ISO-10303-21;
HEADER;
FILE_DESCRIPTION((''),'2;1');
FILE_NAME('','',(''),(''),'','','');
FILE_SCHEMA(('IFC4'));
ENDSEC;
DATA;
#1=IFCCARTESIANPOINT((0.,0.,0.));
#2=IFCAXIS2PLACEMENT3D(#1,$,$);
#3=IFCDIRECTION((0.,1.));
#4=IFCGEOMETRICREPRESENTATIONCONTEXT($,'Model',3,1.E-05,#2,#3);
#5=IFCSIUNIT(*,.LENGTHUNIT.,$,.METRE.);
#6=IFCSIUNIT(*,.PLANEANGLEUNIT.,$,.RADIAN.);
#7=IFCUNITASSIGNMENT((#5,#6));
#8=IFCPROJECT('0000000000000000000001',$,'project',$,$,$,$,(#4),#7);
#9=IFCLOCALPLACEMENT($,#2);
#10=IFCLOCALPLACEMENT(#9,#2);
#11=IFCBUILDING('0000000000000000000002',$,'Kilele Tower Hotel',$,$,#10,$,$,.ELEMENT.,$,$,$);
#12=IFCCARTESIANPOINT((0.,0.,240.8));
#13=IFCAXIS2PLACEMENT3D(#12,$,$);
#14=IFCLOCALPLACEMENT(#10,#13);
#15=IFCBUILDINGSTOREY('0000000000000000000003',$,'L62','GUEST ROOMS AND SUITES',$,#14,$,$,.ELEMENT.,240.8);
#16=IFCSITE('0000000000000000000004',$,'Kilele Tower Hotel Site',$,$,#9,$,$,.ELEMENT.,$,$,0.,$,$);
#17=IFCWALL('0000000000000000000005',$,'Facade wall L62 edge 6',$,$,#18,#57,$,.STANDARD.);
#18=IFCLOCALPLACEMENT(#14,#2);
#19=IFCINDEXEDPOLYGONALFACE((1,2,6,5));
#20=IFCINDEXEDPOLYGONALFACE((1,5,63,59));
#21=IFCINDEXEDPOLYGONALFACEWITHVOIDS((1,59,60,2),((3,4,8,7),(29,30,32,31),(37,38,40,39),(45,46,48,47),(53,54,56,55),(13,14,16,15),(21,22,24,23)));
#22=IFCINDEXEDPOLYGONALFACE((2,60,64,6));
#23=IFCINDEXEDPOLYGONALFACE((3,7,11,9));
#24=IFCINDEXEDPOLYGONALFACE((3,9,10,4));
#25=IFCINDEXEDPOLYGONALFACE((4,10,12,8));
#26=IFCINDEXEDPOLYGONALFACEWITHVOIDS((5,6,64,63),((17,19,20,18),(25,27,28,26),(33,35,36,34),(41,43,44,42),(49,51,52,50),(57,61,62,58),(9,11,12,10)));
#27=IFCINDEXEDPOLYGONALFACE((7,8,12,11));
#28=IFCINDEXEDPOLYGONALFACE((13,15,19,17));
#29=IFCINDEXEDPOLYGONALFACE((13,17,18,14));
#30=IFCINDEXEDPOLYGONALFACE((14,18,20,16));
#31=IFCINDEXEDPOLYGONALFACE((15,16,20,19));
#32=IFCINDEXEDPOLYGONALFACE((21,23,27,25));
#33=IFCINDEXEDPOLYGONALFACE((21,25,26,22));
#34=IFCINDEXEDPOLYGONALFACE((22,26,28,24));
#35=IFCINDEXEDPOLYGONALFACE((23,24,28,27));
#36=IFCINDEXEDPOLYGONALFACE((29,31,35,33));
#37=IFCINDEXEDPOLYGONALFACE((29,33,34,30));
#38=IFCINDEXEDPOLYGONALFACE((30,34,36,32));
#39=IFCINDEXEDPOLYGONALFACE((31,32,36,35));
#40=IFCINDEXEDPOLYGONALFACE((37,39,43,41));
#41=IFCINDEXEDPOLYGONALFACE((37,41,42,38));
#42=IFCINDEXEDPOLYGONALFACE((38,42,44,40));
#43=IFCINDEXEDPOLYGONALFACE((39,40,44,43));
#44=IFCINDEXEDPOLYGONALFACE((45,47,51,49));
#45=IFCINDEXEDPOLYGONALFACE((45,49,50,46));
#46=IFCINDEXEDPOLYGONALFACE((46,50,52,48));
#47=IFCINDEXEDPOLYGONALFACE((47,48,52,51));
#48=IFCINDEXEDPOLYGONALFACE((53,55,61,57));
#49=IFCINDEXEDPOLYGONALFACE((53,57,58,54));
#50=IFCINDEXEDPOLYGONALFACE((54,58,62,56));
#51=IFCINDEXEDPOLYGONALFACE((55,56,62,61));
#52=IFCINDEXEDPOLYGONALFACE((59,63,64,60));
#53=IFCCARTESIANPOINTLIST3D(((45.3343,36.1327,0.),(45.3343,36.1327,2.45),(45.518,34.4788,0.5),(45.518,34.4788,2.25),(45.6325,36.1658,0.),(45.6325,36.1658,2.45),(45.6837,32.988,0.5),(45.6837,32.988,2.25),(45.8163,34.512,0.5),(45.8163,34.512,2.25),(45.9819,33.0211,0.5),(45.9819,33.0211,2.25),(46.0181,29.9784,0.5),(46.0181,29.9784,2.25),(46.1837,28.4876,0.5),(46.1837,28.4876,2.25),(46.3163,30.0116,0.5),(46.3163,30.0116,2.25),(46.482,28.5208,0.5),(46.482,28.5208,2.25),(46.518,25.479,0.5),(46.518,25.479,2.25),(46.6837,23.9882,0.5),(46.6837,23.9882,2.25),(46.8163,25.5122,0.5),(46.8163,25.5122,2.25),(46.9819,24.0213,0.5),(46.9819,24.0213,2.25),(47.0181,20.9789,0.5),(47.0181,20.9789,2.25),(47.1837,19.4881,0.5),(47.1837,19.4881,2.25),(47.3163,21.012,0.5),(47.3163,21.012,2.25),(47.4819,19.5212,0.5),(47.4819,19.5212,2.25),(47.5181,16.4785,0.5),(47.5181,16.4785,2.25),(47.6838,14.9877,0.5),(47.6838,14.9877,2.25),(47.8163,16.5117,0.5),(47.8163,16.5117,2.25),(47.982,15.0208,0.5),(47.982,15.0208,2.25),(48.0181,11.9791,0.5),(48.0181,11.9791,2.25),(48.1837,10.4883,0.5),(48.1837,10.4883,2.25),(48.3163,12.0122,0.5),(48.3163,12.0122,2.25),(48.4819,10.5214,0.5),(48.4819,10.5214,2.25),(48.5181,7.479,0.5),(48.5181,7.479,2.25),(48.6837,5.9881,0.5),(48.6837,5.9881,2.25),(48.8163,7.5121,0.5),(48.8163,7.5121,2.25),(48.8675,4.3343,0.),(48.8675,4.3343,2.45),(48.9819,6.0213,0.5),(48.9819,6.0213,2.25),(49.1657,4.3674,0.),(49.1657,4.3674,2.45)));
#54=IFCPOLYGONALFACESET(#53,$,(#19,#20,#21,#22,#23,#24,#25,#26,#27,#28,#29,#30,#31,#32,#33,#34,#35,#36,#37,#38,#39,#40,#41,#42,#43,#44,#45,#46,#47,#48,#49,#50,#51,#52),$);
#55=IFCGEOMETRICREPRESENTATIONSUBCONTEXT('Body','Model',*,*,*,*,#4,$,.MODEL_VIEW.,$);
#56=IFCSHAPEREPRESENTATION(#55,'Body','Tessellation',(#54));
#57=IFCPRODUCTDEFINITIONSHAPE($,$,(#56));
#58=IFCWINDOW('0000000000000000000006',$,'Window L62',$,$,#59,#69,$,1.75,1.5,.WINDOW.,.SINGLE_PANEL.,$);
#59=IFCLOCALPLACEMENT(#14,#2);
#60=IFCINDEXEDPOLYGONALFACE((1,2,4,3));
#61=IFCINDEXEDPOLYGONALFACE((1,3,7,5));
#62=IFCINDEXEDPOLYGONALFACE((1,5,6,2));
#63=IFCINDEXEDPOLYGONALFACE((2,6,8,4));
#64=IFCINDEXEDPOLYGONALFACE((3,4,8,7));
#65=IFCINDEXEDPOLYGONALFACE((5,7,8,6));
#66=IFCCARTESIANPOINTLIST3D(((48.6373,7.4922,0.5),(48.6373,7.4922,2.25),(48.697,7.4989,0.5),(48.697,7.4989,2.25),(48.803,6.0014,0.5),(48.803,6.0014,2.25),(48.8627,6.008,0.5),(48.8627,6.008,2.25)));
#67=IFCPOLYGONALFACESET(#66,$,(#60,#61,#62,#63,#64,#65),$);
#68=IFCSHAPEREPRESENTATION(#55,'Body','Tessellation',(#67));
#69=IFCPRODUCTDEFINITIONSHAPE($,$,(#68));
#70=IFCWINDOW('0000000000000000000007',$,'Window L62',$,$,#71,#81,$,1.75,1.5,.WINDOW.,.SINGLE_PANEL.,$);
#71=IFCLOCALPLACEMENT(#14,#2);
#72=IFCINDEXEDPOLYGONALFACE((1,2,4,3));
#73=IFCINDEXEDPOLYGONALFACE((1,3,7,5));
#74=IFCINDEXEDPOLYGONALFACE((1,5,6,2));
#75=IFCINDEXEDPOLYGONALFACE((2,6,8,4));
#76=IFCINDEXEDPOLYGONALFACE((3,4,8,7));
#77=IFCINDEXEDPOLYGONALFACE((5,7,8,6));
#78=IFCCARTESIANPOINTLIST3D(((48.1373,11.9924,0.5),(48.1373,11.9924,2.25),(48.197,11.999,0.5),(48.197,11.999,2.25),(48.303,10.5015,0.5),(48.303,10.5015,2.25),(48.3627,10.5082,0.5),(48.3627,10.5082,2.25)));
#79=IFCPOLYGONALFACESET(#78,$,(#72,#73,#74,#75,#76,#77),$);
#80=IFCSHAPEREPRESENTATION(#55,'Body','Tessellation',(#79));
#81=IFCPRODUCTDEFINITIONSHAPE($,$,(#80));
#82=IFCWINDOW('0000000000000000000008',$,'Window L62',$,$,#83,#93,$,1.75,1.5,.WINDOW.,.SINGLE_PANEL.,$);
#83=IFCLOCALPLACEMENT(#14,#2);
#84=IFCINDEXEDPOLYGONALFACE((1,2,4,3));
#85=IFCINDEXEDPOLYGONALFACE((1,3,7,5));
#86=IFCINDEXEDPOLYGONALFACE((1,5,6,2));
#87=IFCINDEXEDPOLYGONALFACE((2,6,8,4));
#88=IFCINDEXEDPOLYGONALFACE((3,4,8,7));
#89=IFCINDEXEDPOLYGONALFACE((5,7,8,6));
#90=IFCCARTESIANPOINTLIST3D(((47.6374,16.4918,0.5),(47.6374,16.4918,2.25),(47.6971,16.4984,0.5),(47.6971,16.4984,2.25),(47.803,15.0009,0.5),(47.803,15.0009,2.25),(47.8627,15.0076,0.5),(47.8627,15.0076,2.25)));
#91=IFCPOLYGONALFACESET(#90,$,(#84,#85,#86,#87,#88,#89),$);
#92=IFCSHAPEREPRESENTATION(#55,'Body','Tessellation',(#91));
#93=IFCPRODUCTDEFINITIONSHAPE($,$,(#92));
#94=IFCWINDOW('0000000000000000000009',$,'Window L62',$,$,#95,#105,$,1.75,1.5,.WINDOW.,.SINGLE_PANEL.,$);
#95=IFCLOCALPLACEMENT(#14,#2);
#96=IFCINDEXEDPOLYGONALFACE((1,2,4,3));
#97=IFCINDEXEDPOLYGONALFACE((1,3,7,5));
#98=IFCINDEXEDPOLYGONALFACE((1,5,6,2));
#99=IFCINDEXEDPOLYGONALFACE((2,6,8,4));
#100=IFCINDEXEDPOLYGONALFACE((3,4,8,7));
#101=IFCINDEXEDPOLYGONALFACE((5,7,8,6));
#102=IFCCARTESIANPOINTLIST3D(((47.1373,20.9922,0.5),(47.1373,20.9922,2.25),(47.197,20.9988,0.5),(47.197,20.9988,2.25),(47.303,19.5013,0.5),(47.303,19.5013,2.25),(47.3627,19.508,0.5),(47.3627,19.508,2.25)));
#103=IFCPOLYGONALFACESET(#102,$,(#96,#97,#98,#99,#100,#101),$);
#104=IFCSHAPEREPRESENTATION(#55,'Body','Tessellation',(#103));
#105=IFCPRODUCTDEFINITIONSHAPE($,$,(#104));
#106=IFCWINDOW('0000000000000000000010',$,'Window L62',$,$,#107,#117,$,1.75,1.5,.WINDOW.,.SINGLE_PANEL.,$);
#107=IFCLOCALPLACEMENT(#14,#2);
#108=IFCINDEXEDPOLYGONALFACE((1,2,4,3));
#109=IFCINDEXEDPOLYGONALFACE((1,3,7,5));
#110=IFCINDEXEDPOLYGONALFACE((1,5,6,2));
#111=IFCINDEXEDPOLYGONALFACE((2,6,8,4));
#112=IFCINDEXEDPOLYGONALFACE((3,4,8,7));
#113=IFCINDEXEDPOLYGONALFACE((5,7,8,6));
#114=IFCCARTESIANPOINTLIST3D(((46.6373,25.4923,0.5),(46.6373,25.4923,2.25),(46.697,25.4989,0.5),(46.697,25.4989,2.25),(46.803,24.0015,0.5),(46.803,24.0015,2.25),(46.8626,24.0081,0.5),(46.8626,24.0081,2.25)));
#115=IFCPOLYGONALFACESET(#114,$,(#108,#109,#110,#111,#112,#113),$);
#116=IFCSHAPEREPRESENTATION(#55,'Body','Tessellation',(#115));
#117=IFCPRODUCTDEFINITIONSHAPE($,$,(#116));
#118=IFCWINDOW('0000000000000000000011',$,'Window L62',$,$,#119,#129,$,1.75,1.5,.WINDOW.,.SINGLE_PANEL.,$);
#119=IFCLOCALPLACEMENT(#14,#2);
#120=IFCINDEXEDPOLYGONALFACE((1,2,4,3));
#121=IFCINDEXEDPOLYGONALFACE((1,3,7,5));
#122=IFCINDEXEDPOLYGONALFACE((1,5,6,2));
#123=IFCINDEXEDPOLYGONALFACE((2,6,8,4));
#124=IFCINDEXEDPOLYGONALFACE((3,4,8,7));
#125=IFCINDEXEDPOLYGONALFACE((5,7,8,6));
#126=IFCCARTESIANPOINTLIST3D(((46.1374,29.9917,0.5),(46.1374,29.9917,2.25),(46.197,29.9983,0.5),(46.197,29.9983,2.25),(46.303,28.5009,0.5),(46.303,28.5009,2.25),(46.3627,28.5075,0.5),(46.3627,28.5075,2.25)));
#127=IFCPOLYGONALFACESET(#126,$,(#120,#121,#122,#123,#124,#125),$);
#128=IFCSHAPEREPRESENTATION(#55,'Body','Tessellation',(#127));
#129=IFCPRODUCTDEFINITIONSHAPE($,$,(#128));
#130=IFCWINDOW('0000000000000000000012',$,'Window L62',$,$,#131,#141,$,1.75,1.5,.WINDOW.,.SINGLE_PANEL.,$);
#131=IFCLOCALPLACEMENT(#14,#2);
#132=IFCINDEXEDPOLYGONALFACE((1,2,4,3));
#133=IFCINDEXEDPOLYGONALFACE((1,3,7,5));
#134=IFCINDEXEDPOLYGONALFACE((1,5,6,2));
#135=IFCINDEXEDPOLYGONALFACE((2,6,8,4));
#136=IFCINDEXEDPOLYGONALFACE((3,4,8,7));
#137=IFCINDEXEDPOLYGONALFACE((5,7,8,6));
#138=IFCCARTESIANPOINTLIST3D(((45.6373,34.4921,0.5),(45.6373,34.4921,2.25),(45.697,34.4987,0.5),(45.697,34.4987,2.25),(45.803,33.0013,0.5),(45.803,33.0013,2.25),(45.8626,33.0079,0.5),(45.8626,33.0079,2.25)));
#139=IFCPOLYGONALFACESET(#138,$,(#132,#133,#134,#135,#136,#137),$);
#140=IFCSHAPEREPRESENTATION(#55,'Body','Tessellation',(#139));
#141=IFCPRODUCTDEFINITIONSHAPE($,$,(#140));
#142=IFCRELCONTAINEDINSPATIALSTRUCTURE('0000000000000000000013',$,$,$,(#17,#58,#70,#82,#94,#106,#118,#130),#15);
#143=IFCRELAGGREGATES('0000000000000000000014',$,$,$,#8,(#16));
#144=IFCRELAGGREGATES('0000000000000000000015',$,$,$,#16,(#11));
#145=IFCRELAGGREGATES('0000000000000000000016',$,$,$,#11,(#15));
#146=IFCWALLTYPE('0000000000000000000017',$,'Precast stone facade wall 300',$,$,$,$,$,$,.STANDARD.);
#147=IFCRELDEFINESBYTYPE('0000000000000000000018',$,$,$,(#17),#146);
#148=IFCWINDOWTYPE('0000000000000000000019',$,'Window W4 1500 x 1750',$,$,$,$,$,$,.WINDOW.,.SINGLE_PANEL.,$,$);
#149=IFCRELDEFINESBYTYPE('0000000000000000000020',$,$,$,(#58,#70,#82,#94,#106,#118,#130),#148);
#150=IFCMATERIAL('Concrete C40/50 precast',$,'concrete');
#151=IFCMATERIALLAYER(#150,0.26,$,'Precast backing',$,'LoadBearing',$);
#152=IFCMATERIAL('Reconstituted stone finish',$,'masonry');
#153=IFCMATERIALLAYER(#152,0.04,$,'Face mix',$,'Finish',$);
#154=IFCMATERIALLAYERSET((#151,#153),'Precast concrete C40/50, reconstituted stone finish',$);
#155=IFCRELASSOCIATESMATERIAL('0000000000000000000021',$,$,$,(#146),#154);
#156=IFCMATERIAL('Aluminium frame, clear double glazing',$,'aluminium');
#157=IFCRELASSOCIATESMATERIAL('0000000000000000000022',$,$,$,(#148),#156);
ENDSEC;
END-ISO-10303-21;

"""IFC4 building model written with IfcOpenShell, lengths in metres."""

from ifc_helpers import new_model, si_unit, direction, frame, frame_2d, origin, place, context, subcontext, project, spatial, rectangle, extrude, material, layer, layer_set, type_object, element, fill, save


model = new_model("IFC4")

# Units and contexts
model_context = context("Model", 3, precision=1e-05, world=origin(), true_north=direction((0.0, 1.0)))
body_context = subcontext(model_context, "Body", "Model", "MODEL_VIEW")
ifc_project = project(units=[si_unit("LENGTHUNIT", "METRE"), si_unit("PLANEANGLEUNIT", "RADIAN")], contexts=[model_context])

# Site, building, storey
site_placement = place(None, origin())
site = spatial("IfcSite", under=ifc_project, at=site_placement, Name="Kilele Tower Hotel Site", CompositionType="ELEMENT", RefElevation=0.0)
building_placement = place(site_placement, origin())
building = spatial("IfcBuilding", under=site, at=building_placement, Name="Kilele Tower Hotel", CompositionType="ELEMENT")
storey_placement = place(building_placement, frame((0.0, 0.0, 240.8)))
storey = spatial("IfcBuildingStorey", under=building, at=storey_placement, Name="L62", Description="GUEST ROOMS AND SUITES", CompositionType="ELEMENT", Elevation=240.8)

# Shared definitions
ifc_material_1 = material(Name="Concrete C40/50 precast", Category="concrete")
ifc_layer_1 = layer(ifc_material_1, 0.26, Name="Precast backing", Category="LoadBearing")
ifc_material_2 = material(Name="Reconstituted stone finish", Category="masonry")
ifc_layer_2 = layer(ifc_material_2, 0.04, Name="Face mix", Category="Finish")
ifc_layer_set_1 = layer_set([ifc_layer_1, ifc_layer_2], Name="Precast concrete C40/50, reconstituted stone finish")
wall_type_1 = type_object("IfcWallType", Name="Precast stone facade wall 300", PredefinedType="STANDARD", material=ifc_layer_set_1)
ifc_material_3 = material(Name="Aluminium frame, clear double glazing", Category="aluminium")
window_type_1 = type_object("IfcWindowType", Name="Window W4 1500 x 1750", PartitioningType="SINGLE_PANEL", PredefinedType="WINDOW", material=ifc_material_3)

# Wall, openings, windows
wall_1_placement = place(storey_placement, frame((49.0166, 4.3508, 0.0), z_axis=(0.0, 0.0, 1.0), x_axis=(-0.110433, 0.993884, 0.0)))
wall_1 = element("IfcWall", 1, at=wall_1_placement, inside=storey, type_object=wall_type_1, Name="Facade wall L62 edge 6", PredefinedType="STANDARD", context=body_context, shape_type="SweptSolid", body=[
    extrude(rectangle(XDim=31.9941, YDim=0.3, at=frame_2d((15.9971, 0.0))), origin(), (0.0, 0.0, 1.0), 2.45),
])
opening_1_placement = place(wall_1_placement, frame((1.6641, 0.0, 0.5)))
opening_1 = element("IfcOpeningElement", 2, at=opening_1_placement, cuts=wall_1, PredefinedType="OPENING", context=body_context, shape_type="SweptSolid", body=[
    extrude(rectangle(XDim=1.5, YDim=1.75, at=frame_2d((0.75, 0.875))), frame((0.0, 0.1599, 0.0), z_axis=(0.0, -1.0, 0.0), x_axis=(1.0, 0.0, 0.0)), (0.0, 0.0, 1.0), 0.3201),
])
opening_2_placement = place(wall_1_placement, frame((6.1919, 0.0, 0.5)))
opening_2 = element("IfcOpeningElement", 3, at=opening_2_placement, cuts=wall_1, PredefinedType="OPENING", context=body_context, shape_type="SweptSolid", body=[
    extrude(rectangle(XDim=1.5, YDim=1.75, at=frame_2d((0.75, 0.875))), frame((0.0, 0.1599, 0.0), z_axis=(0.0, -1.0, 0.0), x_axis=(1.0, 0.0, 0.0)), (0.0, 0.0, 1.0), 0.3201),
])
opening_3_placement = place(wall_1_placement, frame((10.719, 0.0, 0.5)))
opening_3 = element("IfcOpeningElement", 4, at=opening_3_placement, cuts=wall_1, PredefinedType="OPENING", context=body_context, shape_type="SweptSolid", body=[
    extrude(rectangle(XDim=1.5, YDim=1.75, at=frame_2d((0.75, 0.875))), frame((0.0, 0.1599, 0.0), z_axis=(0.0, -1.0, 0.0), x_axis=(1.0, 0.0, 0.0)), (0.0, 0.0, 1.0), 0.3201),
])
opening_4_placement = place(wall_1_placement, frame((15.2471, 0.0, 0.5)))
opening_4 = element("IfcOpeningElement", 5, at=opening_4_placement, cuts=wall_1, PredefinedType="OPENING", context=body_context, shape_type="SweptSolid", body=[
    extrude(rectangle(XDim=1.5, YDim=1.75, at=frame_2d((0.75, 0.875))), frame((0.0, 0.1599, 0.0), z_axis=(0.0, -1.0, 0.0), x_axis=(1.0, 0.0, 0.0)), (0.0, 0.0, 1.0), 0.3201),
])
opening_5_placement = place(wall_1_placement, frame((19.7749, 0.0, 0.5)))
opening_5 = element("IfcOpeningElement", 6, at=opening_5_placement, cuts=wall_1, PredefinedType="OPENING", context=body_context, shape_type="SweptSolid", body=[
    extrude(rectangle(XDim=1.5, YDim=1.75, at=frame_2d((0.75, 0.875))), frame((0.0, 0.1599, 0.0), z_axis=(0.0, -1.0, 0.0), x_axis=(1.0, 0.0, 0.0)), (0.0, 0.0, 1.0), 0.3201),
])
opening_6_placement = place(wall_1_placement, frame((24.302, 0.0, 0.5)))
opening_6 = element("IfcOpeningElement", 7, at=opening_6_placement, cuts=wall_1, PredefinedType="OPENING", context=body_context, shape_type="SweptSolid", body=[
    extrude(rectangle(XDim=1.5, YDim=1.75, at=frame_2d((0.75, 0.875))), frame((0.0, 0.1599, 0.0), z_axis=(0.0, -1.0, 0.0), x_axis=(1.0, 0.0, 0.0)), (0.0, 0.0, 1.0), 0.3201),
])
opening_7_placement = place(wall_1_placement, frame((28.8301, 0.0, 0.5)))
opening_7 = element("IfcOpeningElement", 8, at=opening_7_placement, cuts=wall_1, PredefinedType="OPENING", context=body_context, shape_type="SweptSolid", body=[
    extrude(rectangle(XDim=1.5, YDim=1.75, at=frame_2d((0.75, 0.875))), frame((0.0, 0.1599, 0.0), z_axis=(0.0, -1.0, 0.0), x_axis=(1.0, 0.0, 0.0)), (0.0, 0.0, 1.0), 0.3201),
])
window_1_placement = place(opening_1_placement, origin())
window_1 = element("IfcWindow", 9, at=window_1_placement, inside=storey, type_object=window_type_1, Name="Window L62", OverallHeight=1.75, OverallWidth=1.5, PartitioningType="SINGLE_PANEL", PredefinedType="WINDOW", context=body_context, shape_type="SweptSolid", body=[
    extrude(rectangle(XDim=1.5, YDim=1.75, at=frame_2d((0.75, 0.875))), frame((0.0, 0.03, 0.0), z_axis=(0.0, -1.0, 0.0), x_axis=(1.0, 0.0, 0.0)), (0.0, 0.0, 1.0), 0.0601),
])
fill(opening_1, window_1)
window_2_placement = place(opening_2_placement, origin())
window_2 = element("IfcWindow", 10, at=window_2_placement, inside=storey, type_object=window_type_1, Name="Window L62", OverallHeight=1.75, OverallWidth=1.5, PartitioningType="SINGLE_PANEL", PredefinedType="WINDOW", context=body_context, shape_type="SweptSolid", body=[
    extrude(rectangle(XDim=1.5, YDim=1.75, at=frame_2d((0.75, 0.875))), frame((0.0, 0.03, 0.0), z_axis=(0.0, -1.0, 0.0), x_axis=(1.0, 0.0, 0.0)), (0.0, 0.0, 1.0), 0.0601),
])
fill(opening_2, window_2)
window_3_placement = place(opening_3_placement, origin())
window_3 = element("IfcWindow", 11, at=window_3_placement, inside=storey, type_object=window_type_1, Name="Window L62", OverallHeight=1.75, OverallWidth=1.5, PartitioningType="SINGLE_PANEL", PredefinedType="WINDOW", context=body_context, shape_type="SweptSolid", body=[
    extrude(rectangle(XDim=1.5, YDim=1.75, at=frame_2d((0.75, 0.875))), frame((0.0, 0.03, 0.0), z_axis=(0.0, -1.0, 0.0), x_axis=(1.0, 0.0, 0.0)), (0.0, 0.0, 1.0), 0.0601),
])
fill(opening_3, window_3)
window_4_placement = place(opening_4_placement, origin())
window_4 = element("IfcWindow", 12, at=window_4_placement, inside=storey, type_object=window_type_1, Name="Window L62", OverallHeight=1.75, OverallWidth=1.5, PartitioningType="SINGLE_PANEL", PredefinedType="WINDOW", context=body_context, shape_type="SweptSolid", body=[
    extrude(rectangle(XDim=1.5, YDim=1.75, at=frame_2d((0.75, 0.875))), frame((0.0, 0.03, 0.0), z_axis=(0.0, -1.0, 0.0), x_axis=(1.0, 0.0, 0.0)), (0.0, 0.0, 1.0), 0.0601),
])
fill(opening_4, window_4)
window_5_placement = place(opening_5_placement, origin())
window_5 = element("IfcWindow", 13, at=window_5_placement, inside=storey, type_object=window_type_1, Name="Window L62", OverallHeight=1.75, OverallWidth=1.5, PartitioningType="SINGLE_PANEL", PredefinedType="WINDOW", context=body_context, shape_type="SweptSolid", body=[
    extrude(rectangle(XDim=1.5, YDim=1.75, at=frame_2d((0.75, 0.875))), frame((0.0, 0.03, 0.0), z_axis=(0.0, -1.0, 0.0), x_axis=(1.0, 0.0, 0.0)), (0.0, 0.0, 1.0), 0.0601),
])
fill(opening_5, window_5)
window_6_placement = place(opening_6_placement, origin())
window_6 = element("IfcWindow", 14, at=window_6_placement, inside=storey, type_object=window_type_1, Name="Window L62", OverallHeight=1.75, OverallWidth=1.5, PartitioningType="SINGLE_PANEL", PredefinedType="WINDOW", context=body_context, shape_type="SweptSolid", body=[
    extrude(rectangle(XDim=1.5, YDim=1.75, at=frame_2d((0.75, 0.875))), frame((0.0, 0.03, 0.0), z_axis=(0.0, -1.0, 0.0), x_axis=(1.0, 0.0, 0.0)), (0.0, 0.0, 1.0), 0.0601),
])
fill(opening_6, window_6)
window_7_placement = place(opening_7_placement, origin())
window_7 = element("IfcWindow", 15, at=window_7_placement, inside=storey, type_object=window_type_1, Name="Window L62", OverallHeight=1.75, OverallWidth=1.5, PartitioningType="SINGLE_PANEL", PredefinedType="WINDOW", context=body_context, shape_type="SweptSolid", body=[
    extrude(rectangle(XDim=1.5, YDim=1.75, at=frame_2d((0.75, 0.875))), frame((0.0, 0.03, 0.0), z_axis=(0.0, -1.0, 0.0), x_axis=(1.0, 0.0, 0.0)), (0.0, 0.0, 1.0), 0.0601),
])
fill(opening_7, window_7)

save(model, "model.ifc")
